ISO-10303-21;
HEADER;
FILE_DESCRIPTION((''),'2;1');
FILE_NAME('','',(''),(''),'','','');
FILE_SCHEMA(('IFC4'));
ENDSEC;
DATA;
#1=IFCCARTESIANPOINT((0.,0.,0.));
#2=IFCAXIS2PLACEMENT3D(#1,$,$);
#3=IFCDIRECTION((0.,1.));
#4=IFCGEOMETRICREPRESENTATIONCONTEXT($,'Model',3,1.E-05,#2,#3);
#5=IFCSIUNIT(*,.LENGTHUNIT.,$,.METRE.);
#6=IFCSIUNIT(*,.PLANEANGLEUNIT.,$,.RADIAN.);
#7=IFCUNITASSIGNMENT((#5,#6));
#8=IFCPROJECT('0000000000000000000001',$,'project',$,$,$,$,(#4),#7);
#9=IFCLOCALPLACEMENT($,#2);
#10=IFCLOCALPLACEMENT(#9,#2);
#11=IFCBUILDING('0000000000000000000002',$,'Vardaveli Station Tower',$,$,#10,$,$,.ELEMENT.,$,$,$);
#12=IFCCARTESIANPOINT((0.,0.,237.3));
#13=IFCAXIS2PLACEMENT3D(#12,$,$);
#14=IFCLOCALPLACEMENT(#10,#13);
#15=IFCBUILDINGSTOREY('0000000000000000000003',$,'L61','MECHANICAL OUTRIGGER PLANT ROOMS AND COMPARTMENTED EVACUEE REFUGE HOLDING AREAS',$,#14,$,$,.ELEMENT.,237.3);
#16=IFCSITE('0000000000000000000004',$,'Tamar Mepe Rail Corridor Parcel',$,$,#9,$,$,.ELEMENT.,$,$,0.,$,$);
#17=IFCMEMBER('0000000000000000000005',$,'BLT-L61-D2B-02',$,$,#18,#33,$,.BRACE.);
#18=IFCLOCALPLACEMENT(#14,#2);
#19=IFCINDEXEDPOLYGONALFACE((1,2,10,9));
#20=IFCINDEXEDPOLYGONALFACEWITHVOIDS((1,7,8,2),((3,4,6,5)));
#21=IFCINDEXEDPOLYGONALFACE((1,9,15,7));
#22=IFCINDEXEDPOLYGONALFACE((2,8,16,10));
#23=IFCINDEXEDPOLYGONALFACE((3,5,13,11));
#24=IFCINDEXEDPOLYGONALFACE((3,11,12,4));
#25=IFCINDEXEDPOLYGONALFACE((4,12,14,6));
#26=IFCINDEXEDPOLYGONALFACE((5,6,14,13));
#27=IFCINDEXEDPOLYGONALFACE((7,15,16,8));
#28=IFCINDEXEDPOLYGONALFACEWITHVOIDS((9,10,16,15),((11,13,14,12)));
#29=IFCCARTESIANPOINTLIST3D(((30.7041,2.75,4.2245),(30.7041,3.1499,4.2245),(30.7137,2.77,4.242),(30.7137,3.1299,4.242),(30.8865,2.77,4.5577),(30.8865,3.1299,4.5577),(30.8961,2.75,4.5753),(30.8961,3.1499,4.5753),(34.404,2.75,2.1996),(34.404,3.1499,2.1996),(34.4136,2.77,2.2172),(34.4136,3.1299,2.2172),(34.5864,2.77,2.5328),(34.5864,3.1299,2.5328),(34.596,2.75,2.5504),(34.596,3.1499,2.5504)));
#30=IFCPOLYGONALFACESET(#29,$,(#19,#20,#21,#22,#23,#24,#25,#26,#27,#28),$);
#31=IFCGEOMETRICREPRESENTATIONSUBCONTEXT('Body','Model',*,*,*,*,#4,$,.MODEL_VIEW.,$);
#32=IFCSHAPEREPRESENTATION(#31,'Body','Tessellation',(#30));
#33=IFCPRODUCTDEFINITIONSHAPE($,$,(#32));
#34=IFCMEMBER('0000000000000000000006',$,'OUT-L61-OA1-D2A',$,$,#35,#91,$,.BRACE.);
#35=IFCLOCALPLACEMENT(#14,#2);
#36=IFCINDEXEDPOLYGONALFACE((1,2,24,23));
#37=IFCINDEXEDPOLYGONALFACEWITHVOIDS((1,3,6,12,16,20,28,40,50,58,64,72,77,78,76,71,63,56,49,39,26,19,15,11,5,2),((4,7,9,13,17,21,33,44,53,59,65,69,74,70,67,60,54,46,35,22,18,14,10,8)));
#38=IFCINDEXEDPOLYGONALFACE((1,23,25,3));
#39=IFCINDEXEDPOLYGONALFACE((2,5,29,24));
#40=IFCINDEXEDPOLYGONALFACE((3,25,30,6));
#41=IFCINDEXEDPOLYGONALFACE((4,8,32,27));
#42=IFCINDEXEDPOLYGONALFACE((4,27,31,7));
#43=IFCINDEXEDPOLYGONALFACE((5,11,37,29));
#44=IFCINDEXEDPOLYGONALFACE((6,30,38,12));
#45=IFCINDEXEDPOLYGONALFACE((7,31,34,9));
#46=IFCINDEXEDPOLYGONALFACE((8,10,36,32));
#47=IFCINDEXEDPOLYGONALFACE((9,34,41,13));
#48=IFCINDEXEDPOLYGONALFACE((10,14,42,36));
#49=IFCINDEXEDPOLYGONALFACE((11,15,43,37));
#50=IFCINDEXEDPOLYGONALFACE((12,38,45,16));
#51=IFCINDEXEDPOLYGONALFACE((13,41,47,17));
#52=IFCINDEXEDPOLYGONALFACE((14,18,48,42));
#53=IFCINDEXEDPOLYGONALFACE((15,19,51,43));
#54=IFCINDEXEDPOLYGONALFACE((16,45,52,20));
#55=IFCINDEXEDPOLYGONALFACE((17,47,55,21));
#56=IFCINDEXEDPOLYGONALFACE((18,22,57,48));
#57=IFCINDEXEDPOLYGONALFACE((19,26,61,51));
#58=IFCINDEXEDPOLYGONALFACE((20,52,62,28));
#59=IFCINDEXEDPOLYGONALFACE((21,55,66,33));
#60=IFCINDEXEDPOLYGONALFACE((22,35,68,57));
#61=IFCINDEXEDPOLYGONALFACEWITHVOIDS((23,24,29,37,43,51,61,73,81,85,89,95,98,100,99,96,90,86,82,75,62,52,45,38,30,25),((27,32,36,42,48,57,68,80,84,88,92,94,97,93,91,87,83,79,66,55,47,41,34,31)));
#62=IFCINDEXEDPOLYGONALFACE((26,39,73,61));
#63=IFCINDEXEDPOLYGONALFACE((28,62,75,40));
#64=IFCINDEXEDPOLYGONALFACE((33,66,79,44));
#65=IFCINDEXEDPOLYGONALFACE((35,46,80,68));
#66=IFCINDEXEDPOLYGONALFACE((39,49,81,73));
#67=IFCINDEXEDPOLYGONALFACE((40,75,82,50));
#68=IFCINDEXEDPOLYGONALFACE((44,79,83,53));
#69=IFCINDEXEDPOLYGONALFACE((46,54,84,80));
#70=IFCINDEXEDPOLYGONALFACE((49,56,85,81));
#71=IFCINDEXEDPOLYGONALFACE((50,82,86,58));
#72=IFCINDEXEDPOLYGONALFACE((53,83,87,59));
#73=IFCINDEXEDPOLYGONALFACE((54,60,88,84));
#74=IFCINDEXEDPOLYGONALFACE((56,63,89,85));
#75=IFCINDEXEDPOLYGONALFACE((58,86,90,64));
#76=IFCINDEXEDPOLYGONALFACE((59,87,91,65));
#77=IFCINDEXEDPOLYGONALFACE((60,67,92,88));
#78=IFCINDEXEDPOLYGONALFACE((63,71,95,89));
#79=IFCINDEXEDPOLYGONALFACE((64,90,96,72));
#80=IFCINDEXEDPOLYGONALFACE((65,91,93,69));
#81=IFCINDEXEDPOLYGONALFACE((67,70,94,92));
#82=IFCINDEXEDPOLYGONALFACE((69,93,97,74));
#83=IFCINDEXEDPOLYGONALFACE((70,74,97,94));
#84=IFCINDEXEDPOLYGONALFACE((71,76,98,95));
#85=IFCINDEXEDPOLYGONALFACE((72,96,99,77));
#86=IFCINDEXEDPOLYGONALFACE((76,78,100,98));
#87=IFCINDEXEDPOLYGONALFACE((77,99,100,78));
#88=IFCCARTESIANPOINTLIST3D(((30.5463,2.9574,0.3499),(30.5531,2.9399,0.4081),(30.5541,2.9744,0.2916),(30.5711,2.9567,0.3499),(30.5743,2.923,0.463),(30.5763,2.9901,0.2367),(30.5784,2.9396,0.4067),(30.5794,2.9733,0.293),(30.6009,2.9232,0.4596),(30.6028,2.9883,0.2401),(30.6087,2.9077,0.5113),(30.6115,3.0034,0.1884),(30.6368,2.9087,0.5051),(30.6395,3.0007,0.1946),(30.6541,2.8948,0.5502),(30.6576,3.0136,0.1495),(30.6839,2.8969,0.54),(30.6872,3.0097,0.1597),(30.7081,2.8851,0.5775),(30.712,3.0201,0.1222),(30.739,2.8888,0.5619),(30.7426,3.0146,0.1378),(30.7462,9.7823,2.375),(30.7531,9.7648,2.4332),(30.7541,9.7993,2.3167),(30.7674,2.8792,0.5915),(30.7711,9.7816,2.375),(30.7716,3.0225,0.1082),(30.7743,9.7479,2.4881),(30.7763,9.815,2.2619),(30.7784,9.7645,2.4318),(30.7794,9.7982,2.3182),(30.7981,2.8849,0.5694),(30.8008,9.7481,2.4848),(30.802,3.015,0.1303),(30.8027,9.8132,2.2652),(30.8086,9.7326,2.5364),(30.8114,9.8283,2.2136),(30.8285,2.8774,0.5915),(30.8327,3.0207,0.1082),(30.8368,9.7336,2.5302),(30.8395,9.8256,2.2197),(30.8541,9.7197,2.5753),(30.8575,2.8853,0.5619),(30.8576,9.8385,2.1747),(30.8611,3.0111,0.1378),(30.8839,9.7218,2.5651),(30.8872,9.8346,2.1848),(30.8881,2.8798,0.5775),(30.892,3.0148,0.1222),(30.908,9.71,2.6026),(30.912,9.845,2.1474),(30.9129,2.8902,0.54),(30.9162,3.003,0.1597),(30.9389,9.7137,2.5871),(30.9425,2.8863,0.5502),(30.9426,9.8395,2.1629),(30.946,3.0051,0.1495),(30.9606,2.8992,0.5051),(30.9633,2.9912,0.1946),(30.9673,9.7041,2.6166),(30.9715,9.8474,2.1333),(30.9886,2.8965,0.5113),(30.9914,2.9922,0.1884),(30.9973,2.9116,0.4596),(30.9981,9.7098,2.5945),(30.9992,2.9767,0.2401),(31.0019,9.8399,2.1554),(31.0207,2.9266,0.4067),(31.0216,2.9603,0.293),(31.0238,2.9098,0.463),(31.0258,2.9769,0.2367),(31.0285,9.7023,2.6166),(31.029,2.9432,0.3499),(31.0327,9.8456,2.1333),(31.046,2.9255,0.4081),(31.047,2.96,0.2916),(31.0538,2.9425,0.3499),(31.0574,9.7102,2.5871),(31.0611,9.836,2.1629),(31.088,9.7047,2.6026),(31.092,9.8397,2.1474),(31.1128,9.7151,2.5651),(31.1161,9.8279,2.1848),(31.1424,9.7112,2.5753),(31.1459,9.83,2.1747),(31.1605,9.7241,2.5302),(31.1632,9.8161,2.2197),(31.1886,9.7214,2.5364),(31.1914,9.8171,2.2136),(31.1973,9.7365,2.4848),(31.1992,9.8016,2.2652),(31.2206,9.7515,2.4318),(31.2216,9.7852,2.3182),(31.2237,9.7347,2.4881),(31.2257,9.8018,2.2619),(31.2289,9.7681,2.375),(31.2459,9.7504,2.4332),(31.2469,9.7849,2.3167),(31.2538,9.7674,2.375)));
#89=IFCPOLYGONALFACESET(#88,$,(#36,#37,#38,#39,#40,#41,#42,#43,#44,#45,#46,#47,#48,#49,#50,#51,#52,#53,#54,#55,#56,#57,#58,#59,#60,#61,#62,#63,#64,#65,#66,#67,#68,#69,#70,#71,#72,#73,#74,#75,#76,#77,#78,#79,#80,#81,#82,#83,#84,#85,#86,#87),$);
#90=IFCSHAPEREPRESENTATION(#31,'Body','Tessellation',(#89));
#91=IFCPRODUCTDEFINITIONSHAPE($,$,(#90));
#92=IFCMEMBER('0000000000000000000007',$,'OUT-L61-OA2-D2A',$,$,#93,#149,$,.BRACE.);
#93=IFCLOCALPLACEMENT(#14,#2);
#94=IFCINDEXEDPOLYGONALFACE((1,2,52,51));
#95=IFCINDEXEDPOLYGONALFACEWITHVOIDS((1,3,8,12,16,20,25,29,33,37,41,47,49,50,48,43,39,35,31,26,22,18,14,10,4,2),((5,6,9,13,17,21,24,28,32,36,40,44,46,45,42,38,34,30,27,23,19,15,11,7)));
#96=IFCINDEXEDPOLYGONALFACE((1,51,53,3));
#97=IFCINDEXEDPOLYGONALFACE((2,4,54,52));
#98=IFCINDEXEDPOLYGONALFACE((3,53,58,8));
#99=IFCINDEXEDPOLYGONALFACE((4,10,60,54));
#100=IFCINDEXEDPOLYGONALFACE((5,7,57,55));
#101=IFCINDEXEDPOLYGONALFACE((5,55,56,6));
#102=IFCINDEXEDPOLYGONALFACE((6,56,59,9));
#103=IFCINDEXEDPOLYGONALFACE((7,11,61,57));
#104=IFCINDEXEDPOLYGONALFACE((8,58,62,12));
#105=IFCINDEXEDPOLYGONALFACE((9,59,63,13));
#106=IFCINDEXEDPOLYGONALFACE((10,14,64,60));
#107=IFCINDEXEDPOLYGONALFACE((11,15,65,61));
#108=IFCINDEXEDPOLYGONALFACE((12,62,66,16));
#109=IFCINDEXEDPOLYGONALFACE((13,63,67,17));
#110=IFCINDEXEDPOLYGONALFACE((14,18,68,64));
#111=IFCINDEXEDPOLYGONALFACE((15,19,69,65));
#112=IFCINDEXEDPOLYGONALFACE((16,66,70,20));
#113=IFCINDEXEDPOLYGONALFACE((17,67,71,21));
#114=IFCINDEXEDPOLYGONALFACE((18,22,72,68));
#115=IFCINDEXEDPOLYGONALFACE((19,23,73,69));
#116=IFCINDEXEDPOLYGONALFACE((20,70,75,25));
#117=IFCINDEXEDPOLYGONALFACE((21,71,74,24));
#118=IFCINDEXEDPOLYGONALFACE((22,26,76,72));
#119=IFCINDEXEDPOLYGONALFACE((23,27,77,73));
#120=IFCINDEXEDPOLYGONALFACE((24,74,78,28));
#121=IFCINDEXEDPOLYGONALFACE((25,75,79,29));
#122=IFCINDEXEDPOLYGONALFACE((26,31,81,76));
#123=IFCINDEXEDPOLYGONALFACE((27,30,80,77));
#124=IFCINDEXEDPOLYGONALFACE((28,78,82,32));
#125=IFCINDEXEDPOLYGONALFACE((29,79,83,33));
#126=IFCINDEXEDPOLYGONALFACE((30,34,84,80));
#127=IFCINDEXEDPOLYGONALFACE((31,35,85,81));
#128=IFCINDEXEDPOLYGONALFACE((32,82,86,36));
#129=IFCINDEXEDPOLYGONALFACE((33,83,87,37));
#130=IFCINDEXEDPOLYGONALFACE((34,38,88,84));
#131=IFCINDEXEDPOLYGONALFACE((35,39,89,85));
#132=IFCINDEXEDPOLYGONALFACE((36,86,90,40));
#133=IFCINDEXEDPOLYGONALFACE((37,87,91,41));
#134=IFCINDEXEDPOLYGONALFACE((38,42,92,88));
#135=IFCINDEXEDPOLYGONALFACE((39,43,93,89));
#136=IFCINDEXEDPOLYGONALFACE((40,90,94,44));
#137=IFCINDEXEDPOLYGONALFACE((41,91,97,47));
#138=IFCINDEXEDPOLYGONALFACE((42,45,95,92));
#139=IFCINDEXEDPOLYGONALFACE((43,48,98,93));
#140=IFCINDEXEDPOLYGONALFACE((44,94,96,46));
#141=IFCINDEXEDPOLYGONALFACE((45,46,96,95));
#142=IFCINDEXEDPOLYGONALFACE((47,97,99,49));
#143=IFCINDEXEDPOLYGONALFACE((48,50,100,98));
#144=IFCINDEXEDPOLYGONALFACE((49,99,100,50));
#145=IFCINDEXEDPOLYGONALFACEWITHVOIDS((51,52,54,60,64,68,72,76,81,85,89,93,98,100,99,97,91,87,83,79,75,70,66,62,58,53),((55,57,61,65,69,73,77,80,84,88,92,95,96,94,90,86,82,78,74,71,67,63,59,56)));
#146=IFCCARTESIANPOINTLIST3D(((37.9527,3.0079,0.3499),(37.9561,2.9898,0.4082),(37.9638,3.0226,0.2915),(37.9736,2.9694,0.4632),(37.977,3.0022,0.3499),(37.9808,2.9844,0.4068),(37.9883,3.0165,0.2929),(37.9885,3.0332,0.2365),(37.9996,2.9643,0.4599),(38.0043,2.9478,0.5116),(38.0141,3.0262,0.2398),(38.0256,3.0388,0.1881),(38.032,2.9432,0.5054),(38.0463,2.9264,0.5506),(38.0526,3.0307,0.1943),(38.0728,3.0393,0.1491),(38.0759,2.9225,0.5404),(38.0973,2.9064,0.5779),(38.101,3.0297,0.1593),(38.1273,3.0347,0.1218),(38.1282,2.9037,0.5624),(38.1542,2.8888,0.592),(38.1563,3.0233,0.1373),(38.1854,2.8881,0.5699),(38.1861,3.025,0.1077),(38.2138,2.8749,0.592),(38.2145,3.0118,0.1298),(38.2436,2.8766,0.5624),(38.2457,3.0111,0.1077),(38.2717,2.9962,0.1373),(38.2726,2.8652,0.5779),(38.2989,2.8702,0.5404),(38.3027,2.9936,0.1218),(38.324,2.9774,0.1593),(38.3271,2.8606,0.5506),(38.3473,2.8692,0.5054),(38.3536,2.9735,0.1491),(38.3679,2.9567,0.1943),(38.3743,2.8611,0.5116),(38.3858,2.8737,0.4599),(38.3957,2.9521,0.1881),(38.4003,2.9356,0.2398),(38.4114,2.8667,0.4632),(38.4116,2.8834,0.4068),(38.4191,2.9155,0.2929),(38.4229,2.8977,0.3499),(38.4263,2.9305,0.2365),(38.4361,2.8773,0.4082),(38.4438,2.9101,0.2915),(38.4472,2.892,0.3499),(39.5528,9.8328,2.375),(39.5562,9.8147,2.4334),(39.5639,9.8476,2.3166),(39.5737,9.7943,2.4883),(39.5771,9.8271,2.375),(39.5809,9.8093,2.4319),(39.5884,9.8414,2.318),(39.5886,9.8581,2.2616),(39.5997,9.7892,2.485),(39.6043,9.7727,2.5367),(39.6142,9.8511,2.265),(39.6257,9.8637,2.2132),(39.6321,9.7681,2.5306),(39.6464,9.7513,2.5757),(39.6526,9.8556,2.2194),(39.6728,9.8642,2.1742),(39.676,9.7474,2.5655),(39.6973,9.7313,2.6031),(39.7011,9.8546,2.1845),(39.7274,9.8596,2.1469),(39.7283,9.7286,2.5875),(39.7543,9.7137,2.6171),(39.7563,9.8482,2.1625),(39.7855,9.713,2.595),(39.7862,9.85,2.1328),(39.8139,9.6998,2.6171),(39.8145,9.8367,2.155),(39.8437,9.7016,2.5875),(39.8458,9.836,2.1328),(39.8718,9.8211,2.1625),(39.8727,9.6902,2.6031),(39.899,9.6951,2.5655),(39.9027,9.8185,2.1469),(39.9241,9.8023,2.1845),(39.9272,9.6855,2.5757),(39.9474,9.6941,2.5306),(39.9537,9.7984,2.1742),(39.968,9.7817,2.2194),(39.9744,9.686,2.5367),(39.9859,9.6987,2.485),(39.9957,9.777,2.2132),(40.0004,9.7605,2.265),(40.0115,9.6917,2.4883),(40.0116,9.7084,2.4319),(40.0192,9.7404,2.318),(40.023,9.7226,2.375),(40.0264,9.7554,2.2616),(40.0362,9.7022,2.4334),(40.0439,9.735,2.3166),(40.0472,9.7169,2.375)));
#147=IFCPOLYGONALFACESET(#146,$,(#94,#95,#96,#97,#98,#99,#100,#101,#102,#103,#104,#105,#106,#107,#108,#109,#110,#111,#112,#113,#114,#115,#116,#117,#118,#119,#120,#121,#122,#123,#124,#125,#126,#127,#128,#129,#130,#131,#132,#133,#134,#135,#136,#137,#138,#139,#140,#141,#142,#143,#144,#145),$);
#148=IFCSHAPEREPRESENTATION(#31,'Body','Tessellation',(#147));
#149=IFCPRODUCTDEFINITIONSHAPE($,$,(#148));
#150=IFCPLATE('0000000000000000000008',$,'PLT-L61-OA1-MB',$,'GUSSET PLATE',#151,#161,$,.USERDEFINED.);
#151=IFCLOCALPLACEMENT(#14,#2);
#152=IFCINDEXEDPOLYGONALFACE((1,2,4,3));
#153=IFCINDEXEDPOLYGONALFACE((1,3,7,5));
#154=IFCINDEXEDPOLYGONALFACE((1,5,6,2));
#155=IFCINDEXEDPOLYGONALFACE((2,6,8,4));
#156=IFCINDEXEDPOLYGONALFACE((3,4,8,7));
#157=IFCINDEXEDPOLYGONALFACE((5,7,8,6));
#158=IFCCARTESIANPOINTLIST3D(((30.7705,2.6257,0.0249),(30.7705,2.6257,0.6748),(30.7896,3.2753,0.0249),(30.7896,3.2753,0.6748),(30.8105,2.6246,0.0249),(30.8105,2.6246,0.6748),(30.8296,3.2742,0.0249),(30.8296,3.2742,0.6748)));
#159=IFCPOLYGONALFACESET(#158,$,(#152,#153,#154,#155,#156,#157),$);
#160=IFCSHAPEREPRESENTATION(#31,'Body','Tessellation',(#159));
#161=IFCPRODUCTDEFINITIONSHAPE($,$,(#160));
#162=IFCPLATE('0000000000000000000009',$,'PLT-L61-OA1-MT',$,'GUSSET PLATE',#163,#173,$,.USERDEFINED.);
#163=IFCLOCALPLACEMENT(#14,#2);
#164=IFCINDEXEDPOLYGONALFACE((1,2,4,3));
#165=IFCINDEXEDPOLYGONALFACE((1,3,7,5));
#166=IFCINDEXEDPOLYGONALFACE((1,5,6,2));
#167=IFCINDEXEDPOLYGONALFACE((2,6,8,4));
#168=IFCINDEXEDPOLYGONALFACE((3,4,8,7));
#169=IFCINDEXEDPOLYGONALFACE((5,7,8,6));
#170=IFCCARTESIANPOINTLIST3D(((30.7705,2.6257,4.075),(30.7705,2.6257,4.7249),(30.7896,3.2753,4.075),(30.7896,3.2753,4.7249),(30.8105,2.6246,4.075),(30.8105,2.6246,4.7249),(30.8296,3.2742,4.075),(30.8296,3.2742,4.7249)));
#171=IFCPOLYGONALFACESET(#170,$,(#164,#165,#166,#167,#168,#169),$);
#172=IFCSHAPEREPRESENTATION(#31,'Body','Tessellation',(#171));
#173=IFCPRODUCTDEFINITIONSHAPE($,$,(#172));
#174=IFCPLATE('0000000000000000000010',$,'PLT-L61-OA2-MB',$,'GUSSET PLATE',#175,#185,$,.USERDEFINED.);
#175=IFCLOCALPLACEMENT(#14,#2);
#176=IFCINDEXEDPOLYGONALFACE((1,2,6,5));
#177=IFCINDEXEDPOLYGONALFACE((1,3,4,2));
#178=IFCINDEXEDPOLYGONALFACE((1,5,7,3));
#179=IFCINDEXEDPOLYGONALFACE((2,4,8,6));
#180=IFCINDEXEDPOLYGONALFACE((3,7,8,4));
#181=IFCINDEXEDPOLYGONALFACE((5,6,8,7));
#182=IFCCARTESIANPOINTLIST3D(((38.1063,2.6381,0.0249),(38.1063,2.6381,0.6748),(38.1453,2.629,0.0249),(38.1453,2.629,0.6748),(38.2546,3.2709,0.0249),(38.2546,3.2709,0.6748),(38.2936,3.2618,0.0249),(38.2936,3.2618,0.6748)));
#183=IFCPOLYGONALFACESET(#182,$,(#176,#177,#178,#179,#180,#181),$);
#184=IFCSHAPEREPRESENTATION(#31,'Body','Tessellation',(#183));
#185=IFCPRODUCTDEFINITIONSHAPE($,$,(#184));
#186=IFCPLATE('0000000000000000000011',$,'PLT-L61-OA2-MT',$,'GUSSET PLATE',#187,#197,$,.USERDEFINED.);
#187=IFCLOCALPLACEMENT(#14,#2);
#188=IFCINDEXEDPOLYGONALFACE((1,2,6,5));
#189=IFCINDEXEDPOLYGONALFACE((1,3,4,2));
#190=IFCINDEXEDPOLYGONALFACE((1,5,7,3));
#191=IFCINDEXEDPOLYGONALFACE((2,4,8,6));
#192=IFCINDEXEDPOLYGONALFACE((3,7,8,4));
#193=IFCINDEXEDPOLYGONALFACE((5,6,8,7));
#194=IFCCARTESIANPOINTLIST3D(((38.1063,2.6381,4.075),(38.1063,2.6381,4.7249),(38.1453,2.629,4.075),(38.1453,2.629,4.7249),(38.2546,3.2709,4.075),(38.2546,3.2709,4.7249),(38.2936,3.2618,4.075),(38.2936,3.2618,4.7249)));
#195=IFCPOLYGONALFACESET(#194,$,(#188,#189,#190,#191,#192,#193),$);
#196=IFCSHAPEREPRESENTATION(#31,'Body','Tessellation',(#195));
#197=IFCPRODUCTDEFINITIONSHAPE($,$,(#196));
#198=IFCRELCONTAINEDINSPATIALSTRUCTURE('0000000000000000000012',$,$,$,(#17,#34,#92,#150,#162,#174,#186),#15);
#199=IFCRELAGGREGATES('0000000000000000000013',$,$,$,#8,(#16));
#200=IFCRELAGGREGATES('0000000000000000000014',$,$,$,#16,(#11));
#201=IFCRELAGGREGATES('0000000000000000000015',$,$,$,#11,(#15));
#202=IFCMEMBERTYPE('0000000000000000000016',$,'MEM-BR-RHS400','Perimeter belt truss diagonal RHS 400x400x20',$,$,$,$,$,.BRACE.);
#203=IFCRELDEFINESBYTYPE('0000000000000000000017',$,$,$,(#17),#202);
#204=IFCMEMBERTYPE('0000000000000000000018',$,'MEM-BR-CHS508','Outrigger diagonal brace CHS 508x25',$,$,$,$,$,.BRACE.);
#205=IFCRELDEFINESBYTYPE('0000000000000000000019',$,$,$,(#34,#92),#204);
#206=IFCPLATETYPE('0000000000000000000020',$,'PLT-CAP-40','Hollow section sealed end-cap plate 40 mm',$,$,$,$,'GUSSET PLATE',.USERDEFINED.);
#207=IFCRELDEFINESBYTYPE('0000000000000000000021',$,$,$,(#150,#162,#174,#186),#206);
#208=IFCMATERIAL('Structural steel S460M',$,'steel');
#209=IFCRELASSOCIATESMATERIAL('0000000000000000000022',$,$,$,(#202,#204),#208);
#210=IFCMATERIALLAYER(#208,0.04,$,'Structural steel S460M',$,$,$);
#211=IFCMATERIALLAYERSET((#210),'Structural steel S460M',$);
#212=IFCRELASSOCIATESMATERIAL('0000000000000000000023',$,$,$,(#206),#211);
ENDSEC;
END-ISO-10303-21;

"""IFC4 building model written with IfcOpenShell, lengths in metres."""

from ifc_helpers import new_model, si_unit, direction, frame, origin, origin_2d, place, context, subcontext, project, spatial, rectangle, hollow_rectangle, hollow_circle, extrude, source, transform, mapped, material, layer, layer_set, material_profile, profile_set, type_object, element, save


model = new_model("IFC4")

# Units and contexts
model_context = context("Model", 3, precision=1e-05, world=origin(), true_north=direction((0.0, 1.0)))
body_context = subcontext(model_context, "Body", "Model", "MODEL_VIEW")
ifc_project = project(units=[si_unit("LENGTHUNIT", "METRE"), si_unit("PLANEANGLEUNIT", "RADIAN")], contexts=[model_context])

# Site, building, storey
site_placement = place(None, origin())
site = spatial("IfcSite", under=ifc_project, at=site_placement, Name="Tamar Mepe Rail Corridor Parcel", CompositionType="ELEMENT", RefElevation=0.0)
building_placement = place(site_placement, origin())
building = spatial("IfcBuilding", under=site, at=building_placement, Name="Vardaveli Station Tower", CompositionType="ELEMENT")
storey_placement = place(building_placement, frame((0.0, 0.0, 237.3)))
storey = spatial("IfcBuildingStorey", under=building, at=storey_placement, Name="L61", Description="MECHANICAL OUTRIGGER PLANT ROOMS AND COMPARTMENTED EVACUEE REFUGE HOLDING AREAS", CompositionType="ELEMENT", Elevation=237.3)

# Shared definitions
ifc_material_1 = material(Name="Structural steel S460M", Category="steel")

# Members
ifc_material_profile_1 = material_profile(ifc_material_1, hollow_rectangle(XDim=0.3999, YDim=0.3999, WallThickness=0.02, at=origin_2d()), Name="RHS 400x400x20")
ifc_profile_set_1 = profile_set([ifc_material_profile_1], Name="Structural steel S460M")
member_type_1 = type_object("IfcMemberType", Name="MEM-BR-RHS400", Description="Perimeter belt truss diagonal RHS 400x400x20", PredefinedType="BRACE", material=ifc_profile_set_1)
shared_shape_1 = source(origin(), body_context, "Body", "SweptSolid", [
    extrude(hollow_rectangle(XDim=0.3999, YDim=0.3999, WallThickness=0.02, at=origin_2d()), origin(), (0.0, 0.0, 1.0), 4.2178),
])
member_1_placement = place(storey_placement, frame((34.5, 2.95, 2.375), z_axis=(-0.877222, 0.0, 0.480085), x_axis=(0.0, -1.0, 0.0)))
element("IfcMember", 1, at=member_1_placement, inside=storey, type_object=member_type_1, Name="BLT-L61-D2B-02", PredefinedType="BRACE", context=body_context, shape_type="MappedRepresentation", body=[
    mapped(shared_shape_1, transform((0.0, 0.0, 0.0), scale=1.0)),
])
ifc_material_profile_2 = material_profile(ifc_material_1, hollow_circle(Radius=0.2539, WallThickness=0.0249, at=origin_2d()), Name="CHS 508x25")
ifc_profile_set_2 = profile_set([ifc_material_profile_2], Name="Structural steel S460M")
member_type_2 = type_object("IfcMemberType", Name="MEM-BR-CHS508", Description="Outrigger diagonal brace CHS 508x25", PredefinedType="BRACE", material=ifc_profile_set_2)
shared_shape_2 = source(origin(), body_context, "Body", "SweptSolid", [
    extrude(hollow_circle(Radius=0.2539, WallThickness=0.0249, at=origin_2d()), origin(), (0.0, 0.0, 1.0), 7.1218),
])
member_2_placement = place(storey_placement, frame((30.8, 2.95, 0.3499), z_axis=(0.028076, 0.958308, 0.284356), x_axis=(-0.999571, 0.029285, 0.0)))
element("IfcMember", 2, at=member_2_placement, inside=storey, type_object=member_type_2, Name="OUT-L61-OA1-D2A", PredefinedType="BRACE", context=body_context, shape_type="MappedRepresentation", body=[
    mapped(shared_shape_2, transform((0.0, 0.0, 0.0), scale=1.0)),
])
shared_shape_3 = source(origin(), body_context, "Body", "SweptSolid", [
    extrude(hollow_circle(Radius=0.2539, WallThickness=0.0249, at=origin_2d()), origin(), (0.0, 0.0, 1.0), 7.2966),
])
member_3_placement = place(storey_placement, frame((38.2, 2.95, 0.3499), z_axis=(0.219291, 0.935351, 0.277544), x_axis=(-0.9736, 0.228259, 0.0)))
element("IfcMember", 3, at=member_3_placement, inside=storey, type_object=member_type_2, Name="OUT-L61-OA2-D2A", PredefinedType="BRACE", context=body_context, shape_type="MappedRepresentation", body=[
    mapped(shared_shape_3, transform((0.0, 0.0, 0.0), scale=1.0)),
])

# Plates
ifc_layer_1 = layer(ifc_material_1, 0.04, Name="Structural steel S460M")
ifc_layer_set_1 = layer_set([ifc_layer_1], Name="Structural steel S460M")
plate_type_1 = type_object("IfcPlateType", Name="PLT-CAP-40", Description="Hollow section sealed end-cap plate 40 mm", ElementType="GUSSET PLATE", PredefinedType="USERDEFINED", material=ifc_layer_set_1)
shared_shape_4 = source(origin(), body_context, "Body", "SweptSolid", [
    extrude(rectangle(XDim=0.6499, YDim=0.04, at=origin_2d()), origin(), (0.0, 0.0, 1.0), 0.6499),
])
for number, where, z_axis, x_axis, name in (
    (4, (30.8, 2.95, 0.0249), (0.0, 0.0, 1.0), (-0.029317, -0.99957, 0.0), "PLT-L61-OA1-MB"),
    (5, (30.8, 2.95, 4.075), (0.0, 0.0, 1.0), (-0.029317, -0.99957, 0.0), "PLT-L61-OA1-MT"),
    (6, (38.2, 2.95, 0.0249), (0.0, 0.0, 1.0), (-0.228181, -0.973619, 0.0), "PLT-L61-OA2-MB"),
    (7, (38.2, 2.95, 4.075), (0.0, 0.0, 1.0), (-0.228181, -0.973619, 0.0), "PLT-L61-OA2-MT"),
):
    element("IfcPlate", number, at=place(storey_placement, frame(where, z_axis=z_axis, x_axis=x_axis)), inside=storey, type_object=plate_type_1, Name=name, ObjectType="GUSSET PLATE", PredefinedType="USERDEFINED", context=body_context, shape_type="MappedRepresentation", body=[
        mapped(shared_shape_4, transform((0.0, 0.0, 0.0), scale=1.0)),
    ])

save(model, "model.ifc")
